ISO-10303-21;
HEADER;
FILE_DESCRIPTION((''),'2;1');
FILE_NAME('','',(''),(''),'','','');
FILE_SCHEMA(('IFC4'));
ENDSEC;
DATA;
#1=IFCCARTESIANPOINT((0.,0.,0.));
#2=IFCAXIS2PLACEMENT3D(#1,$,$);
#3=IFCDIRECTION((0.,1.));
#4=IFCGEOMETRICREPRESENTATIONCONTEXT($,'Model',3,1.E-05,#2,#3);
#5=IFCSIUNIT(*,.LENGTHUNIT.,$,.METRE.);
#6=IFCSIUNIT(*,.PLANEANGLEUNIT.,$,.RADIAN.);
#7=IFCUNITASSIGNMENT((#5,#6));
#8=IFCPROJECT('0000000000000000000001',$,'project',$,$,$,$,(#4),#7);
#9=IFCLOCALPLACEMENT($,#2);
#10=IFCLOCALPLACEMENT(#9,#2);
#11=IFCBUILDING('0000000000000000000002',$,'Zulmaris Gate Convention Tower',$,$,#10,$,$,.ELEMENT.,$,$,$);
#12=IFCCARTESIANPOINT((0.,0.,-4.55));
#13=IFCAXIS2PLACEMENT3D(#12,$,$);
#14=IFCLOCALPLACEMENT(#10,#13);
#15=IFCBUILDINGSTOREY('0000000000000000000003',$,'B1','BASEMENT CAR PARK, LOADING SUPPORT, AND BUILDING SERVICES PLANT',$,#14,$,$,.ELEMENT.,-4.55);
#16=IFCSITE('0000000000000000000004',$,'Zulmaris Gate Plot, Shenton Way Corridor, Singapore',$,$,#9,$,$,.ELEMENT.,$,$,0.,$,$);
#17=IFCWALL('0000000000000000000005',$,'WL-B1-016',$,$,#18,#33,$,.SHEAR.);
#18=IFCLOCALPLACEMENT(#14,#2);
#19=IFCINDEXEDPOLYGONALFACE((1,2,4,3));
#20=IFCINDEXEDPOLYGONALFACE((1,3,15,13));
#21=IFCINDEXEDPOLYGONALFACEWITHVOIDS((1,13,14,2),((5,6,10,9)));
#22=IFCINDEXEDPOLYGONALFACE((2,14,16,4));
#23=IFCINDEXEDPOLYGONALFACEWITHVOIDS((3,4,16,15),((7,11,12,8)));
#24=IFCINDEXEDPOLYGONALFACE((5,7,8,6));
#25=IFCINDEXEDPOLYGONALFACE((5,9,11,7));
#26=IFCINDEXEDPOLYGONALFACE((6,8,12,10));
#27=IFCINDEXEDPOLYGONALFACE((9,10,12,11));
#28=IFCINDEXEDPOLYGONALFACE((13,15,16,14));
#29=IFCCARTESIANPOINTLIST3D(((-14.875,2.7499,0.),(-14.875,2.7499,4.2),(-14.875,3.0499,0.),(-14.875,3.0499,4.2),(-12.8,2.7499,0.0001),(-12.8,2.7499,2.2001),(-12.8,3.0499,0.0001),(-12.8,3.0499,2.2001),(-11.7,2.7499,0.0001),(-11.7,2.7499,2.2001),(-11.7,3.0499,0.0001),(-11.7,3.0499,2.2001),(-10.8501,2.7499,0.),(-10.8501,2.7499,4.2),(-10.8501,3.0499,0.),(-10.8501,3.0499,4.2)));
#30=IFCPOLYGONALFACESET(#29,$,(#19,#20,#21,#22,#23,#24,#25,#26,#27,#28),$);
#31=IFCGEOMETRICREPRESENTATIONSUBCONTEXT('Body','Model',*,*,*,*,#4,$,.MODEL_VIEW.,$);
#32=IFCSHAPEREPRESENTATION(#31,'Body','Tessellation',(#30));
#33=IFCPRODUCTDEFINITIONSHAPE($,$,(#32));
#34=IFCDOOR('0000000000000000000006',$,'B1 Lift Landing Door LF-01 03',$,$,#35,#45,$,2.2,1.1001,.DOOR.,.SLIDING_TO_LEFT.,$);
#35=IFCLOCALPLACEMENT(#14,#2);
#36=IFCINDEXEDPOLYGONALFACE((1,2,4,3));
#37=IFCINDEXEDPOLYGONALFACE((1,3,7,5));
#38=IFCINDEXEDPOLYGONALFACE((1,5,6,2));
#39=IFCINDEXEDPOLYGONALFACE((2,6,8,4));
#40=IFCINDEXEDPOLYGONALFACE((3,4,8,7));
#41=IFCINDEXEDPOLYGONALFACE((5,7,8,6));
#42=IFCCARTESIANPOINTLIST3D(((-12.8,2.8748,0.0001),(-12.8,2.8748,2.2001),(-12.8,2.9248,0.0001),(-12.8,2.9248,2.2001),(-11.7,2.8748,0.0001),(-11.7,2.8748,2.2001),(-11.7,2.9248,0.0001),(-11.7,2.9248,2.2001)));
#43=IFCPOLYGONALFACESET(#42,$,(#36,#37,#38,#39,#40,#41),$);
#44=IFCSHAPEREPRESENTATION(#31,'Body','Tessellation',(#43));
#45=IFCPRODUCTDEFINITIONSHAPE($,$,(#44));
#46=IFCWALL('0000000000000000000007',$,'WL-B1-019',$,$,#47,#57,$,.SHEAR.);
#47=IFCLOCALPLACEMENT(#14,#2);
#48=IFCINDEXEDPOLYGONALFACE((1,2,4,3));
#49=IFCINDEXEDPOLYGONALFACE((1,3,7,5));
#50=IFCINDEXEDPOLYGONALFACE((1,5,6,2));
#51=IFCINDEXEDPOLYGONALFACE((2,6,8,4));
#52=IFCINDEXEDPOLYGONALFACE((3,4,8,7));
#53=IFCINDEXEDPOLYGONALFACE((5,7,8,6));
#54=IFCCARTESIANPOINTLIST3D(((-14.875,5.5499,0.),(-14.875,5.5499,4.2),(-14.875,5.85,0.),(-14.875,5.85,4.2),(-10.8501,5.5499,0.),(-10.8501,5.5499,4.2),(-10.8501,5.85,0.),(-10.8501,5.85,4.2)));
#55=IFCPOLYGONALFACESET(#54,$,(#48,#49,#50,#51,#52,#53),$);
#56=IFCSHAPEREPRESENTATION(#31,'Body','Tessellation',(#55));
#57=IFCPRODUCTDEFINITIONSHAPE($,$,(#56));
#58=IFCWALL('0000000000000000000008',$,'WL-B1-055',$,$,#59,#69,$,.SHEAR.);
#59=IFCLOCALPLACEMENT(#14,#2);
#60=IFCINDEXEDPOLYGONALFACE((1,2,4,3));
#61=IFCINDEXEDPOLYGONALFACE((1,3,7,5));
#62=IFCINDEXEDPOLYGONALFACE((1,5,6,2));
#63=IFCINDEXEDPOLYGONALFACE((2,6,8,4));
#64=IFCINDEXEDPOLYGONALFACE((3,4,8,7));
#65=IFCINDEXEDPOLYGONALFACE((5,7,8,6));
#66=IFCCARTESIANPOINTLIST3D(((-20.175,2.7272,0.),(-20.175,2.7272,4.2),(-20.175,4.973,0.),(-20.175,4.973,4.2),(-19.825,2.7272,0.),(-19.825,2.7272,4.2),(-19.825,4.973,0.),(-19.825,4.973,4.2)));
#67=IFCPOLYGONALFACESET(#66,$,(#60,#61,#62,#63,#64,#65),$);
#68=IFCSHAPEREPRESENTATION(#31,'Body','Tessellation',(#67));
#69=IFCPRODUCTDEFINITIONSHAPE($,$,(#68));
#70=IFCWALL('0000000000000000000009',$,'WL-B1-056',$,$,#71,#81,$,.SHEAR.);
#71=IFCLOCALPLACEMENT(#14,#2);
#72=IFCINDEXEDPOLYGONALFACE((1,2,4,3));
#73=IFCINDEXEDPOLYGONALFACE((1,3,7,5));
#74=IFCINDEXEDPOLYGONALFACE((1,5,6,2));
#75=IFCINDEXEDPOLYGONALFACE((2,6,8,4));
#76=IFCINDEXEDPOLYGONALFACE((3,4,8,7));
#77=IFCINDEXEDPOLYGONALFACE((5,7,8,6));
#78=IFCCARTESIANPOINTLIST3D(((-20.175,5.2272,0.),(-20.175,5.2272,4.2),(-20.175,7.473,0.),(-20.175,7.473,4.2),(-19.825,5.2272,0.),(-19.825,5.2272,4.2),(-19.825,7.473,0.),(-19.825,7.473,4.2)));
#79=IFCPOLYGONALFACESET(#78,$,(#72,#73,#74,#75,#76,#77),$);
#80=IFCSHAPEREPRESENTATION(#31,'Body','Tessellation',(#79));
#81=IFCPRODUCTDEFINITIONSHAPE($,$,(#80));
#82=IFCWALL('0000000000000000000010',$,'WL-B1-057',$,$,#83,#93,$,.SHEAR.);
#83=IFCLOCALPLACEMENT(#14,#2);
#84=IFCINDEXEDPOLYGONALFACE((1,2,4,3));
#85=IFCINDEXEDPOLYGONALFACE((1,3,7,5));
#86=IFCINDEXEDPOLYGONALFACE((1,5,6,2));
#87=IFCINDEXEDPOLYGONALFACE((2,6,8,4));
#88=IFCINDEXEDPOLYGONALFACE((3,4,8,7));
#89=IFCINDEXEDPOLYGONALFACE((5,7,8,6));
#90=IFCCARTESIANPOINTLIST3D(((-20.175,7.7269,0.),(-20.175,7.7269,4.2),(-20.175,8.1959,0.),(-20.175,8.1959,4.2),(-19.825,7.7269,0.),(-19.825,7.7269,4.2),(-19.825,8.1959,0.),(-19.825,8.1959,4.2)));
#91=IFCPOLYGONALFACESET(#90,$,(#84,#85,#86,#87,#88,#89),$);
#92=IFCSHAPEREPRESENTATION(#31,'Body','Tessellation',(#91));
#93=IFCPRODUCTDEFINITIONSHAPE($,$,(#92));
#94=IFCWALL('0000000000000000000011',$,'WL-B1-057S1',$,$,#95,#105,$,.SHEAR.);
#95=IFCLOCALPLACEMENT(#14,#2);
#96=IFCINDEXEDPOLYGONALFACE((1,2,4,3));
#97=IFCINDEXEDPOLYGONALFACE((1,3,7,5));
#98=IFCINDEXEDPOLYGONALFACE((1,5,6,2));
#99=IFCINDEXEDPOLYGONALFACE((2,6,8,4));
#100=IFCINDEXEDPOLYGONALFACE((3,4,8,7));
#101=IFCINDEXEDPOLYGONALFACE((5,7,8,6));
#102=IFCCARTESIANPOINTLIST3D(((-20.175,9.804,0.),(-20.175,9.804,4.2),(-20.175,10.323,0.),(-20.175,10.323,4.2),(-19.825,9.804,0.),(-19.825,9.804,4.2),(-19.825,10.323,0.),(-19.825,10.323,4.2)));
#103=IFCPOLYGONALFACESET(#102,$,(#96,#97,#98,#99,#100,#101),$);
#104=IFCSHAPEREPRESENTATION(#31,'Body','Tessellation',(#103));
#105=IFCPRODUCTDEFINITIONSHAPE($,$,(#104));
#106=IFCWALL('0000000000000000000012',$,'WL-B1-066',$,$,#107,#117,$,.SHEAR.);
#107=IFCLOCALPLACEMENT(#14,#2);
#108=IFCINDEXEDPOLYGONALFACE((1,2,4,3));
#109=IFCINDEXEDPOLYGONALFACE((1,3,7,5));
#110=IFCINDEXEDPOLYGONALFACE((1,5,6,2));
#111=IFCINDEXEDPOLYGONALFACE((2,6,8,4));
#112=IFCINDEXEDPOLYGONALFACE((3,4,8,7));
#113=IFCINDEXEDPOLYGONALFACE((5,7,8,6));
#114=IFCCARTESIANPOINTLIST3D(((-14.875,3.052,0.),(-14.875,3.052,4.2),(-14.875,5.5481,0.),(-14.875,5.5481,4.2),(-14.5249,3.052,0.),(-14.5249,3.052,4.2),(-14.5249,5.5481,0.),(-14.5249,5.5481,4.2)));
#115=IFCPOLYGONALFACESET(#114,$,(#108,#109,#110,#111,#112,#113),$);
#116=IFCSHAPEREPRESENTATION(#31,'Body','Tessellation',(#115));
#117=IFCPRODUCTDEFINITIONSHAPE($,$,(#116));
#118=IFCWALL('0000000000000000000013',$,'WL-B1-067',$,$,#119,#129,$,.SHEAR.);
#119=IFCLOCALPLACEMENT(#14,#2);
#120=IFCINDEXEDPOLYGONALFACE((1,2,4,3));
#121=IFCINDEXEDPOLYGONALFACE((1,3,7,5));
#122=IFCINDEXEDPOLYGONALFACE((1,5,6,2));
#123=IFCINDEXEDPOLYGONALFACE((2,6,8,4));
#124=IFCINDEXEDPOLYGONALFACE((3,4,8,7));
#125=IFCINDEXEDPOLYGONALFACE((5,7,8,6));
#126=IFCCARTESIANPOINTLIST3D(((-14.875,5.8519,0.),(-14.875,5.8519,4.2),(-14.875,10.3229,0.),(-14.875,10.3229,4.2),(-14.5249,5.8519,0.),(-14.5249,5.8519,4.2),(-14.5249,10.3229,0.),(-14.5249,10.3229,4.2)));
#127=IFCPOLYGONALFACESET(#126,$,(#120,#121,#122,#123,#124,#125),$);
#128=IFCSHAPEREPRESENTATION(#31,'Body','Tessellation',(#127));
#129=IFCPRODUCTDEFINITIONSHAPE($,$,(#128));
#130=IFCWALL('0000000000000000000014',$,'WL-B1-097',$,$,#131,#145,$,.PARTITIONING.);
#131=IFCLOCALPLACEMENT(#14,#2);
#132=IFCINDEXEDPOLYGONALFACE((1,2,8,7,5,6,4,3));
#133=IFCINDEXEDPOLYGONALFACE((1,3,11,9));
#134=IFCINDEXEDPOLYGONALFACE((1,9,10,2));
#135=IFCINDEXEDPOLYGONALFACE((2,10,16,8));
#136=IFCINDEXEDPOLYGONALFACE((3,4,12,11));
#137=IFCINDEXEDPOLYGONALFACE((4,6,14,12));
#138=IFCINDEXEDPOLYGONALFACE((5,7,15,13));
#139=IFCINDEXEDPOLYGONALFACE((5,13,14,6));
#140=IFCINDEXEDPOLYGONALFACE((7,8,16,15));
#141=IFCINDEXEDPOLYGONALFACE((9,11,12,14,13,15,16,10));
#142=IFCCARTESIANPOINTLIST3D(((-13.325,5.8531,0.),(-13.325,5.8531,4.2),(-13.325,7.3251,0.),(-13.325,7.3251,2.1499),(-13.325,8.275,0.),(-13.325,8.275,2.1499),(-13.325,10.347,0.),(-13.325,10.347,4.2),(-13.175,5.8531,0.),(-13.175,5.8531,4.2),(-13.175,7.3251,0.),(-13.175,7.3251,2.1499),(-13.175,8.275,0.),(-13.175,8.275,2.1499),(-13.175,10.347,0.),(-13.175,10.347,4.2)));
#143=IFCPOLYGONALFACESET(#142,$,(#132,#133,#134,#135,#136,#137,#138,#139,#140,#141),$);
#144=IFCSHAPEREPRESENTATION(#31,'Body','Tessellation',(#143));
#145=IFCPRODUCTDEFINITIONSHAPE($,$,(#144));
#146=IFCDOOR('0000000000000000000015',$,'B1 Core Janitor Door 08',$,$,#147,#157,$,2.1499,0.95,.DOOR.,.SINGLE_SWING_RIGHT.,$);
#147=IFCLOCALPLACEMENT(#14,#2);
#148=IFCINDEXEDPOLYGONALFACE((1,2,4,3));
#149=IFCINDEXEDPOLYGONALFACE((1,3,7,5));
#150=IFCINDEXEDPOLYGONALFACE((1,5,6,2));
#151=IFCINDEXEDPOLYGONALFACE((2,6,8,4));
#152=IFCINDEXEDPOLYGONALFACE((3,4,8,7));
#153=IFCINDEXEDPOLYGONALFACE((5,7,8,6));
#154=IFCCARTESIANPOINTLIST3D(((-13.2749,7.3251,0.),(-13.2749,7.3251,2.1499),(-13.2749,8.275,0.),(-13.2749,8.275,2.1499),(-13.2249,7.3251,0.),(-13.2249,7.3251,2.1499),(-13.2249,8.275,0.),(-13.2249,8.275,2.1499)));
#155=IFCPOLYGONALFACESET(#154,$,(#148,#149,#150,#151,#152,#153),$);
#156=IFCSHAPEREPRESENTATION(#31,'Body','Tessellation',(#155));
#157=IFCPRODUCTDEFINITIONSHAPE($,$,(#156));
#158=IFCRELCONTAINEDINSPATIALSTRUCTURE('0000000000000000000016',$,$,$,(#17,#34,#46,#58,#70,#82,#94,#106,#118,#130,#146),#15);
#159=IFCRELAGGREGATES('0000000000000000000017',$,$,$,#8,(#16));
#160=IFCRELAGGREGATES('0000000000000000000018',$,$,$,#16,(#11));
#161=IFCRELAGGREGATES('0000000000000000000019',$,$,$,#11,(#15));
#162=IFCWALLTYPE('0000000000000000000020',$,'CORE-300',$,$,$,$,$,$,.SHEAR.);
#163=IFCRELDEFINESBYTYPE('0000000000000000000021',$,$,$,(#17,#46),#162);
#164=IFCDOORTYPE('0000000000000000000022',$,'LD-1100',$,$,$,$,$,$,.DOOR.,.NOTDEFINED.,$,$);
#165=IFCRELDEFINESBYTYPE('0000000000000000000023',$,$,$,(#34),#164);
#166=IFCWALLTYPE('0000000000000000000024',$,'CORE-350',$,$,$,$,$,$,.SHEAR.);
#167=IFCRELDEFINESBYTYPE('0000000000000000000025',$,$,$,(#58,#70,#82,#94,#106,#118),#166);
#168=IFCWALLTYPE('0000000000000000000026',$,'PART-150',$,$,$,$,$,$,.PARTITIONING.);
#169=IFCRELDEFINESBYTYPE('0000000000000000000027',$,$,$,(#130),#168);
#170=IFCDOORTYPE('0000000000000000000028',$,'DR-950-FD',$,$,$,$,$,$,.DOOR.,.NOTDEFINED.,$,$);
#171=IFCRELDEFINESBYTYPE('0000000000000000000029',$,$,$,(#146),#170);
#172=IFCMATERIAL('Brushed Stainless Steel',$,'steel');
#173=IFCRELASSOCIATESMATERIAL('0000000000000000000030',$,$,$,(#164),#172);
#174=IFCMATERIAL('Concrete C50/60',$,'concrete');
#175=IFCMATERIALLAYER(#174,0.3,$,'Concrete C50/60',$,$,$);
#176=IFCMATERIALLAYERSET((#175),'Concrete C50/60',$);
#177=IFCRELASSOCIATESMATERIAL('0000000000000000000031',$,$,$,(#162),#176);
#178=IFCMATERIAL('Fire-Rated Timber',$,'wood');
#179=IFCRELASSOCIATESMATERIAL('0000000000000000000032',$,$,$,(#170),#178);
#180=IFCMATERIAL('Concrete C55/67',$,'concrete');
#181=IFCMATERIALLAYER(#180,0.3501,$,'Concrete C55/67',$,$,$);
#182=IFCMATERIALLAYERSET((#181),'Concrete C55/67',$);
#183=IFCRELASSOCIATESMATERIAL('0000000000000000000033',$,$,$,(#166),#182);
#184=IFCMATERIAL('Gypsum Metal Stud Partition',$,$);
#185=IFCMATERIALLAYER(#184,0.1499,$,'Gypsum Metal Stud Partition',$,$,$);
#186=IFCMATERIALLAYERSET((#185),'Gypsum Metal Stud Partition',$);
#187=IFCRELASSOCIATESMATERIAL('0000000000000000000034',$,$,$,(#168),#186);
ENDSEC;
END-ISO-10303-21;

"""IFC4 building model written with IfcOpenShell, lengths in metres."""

from ifc_helpers import new_model, si_unit, direction, frame, frame_2d, origin, place, context, subcontext, project, spatial, rectangle, extrude, material, layer, layer_set, type_object, element, fill, save


model = new_model("IFC4")

# Units and contexts
model_context = context("Model", 3, precision=1e-05, world=origin(), true_north=direction((0.0, 1.0)))
body_context = subcontext(model_context, "Body", "Model", "MODEL_VIEW")
ifc_project = project(units=[si_unit("LENGTHUNIT", "METRE"), si_unit("PLANEANGLEUNIT", "RADIAN")], contexts=[model_context])

# Site, building, storey
site_placement = place(None, origin())
site = spatial("IfcSite", under=ifc_project, at=site_placement, Name="Zulmaris Gate Plot, Shenton Way Corridor, Singapore", CompositionType="ELEMENT", RefElevation=0.0)
building_placement = place(site_placement, origin())
building = spatial("IfcBuilding", under=site, at=building_placement, Name="Zulmaris Gate Convention Tower", CompositionType="ELEMENT")
storey_placement = place(building_placement, frame((0.0, 0.0, -4.55)))
storey = spatial("IfcBuildingStorey", under=building, at=storey_placement, Name="B1", Description="BASEMENT CAR PARK, LOADING SUPPORT, AND BUILDING SERVICES PLANT", CompositionType="ELEMENT", Elevation=-4.55)

# Shared definitions
ifc_material_1 = material(Name="Concrete C50/60", Category="concrete")
ifc_material_2 = material(Name="Brushed Stainless Steel", Category="steel")
door_type_1 = type_object("IfcDoorType", Name="LD-1100", OperationType="NOTDEFINED", PredefinedType="DOOR", material=ifc_material_2)

# Wall, opening, door
ifc_layer_1 = layer(ifc_material_1, 0.3, Name="Concrete C50/60")
ifc_layer_set_1 = layer_set([ifc_layer_1], Name="Concrete C50/60")
wall_type_1 = type_object("IfcWallType", Name="CORE-300", PredefinedType="SHEAR", material=ifc_layer_set_1)
wall_1_placement = place(storey_placement, frame((-14.875, 2.8999, 0.0), z_axis=(0.0, 0.0, 1.0), x_axis=(1.0, 0.0, 0.0)))
wall_1 = element("IfcWall", 1, at=wall_1_placement, inside=storey, type_object=wall_type_1, Name="WL-B1-016", PredefinedType="SHEAR", context=body_context, shape_type="SweptSolid", body=[
    extrude(rectangle(XDim=4.0249, YDim=0.3, at=frame_2d((2.0125, 0.0))), origin(), (0.0, 0.0, 1.0), 4.2),
])
opening_1_placement = place(wall_1_placement, frame((2.075, 0.0, 0.0)))
opening_1 = element("IfcOpeningElement", 2, at=opening_1_placement, cuts=wall_1, PredefinedType="OPENING", context=body_context, shape_type="SweptSolid", body=[
    extrude(rectangle(XDim=1.1001, YDim=2.2, at=frame_2d((0.55, 1.1001))), frame((0.0, 0.1602, 0.0), z_axis=(0.0, -1.0, 0.0), x_axis=(1.0, 0.0, 0.0)), (0.0, 0.0, 1.0), 0.3201),
])
door_1_placement = place(opening_1_placement, origin())
door_1 = element("IfcDoor", 3, at=door_1_placement, inside=storey, type_object=door_type_1, Name="B1 Lift Landing Door LF-01 03", OperationType="SLIDING_TO_LEFT", OverallHeight=2.2, OverallWidth=1.1001, PredefinedType="DOOR", context=body_context, shape_type="SweptSolid", body=[
    extrude(rectangle(XDim=1.1001, YDim=2.2, at=frame_2d((0.55, 1.1001))), frame((0.0, 0.0249, 0.0), z_axis=(0.0, -1.0, 0.0), x_axis=(1.0, 0.0, 0.0)), (0.0, 0.0, 1.0), 0.05),
])
fill(opening_1, door_1)

# Wall
wall_2_placement = place(storey_placement, frame((-14.875, 5.7, 0.0), z_axis=(0.0, 0.0, 1.0), x_axis=(1.0, 0.0, 0.0)))
element("IfcWall", 4, at=wall_2_placement, inside=storey, type_object=wall_type_1, Name="WL-B1-019", PredefinedType="SHEAR", context=body_context, shape_type="SweptSolid", body=[
    extrude(rectangle(XDim=4.0249, YDim=0.3, at=frame_2d((2.0125, 0.0))), origin(), (0.0, 0.0, 1.0), 4.2),
])

# Shared definitions
ifc_material_3 = material(Name="Fire-Rated Timber", Category="wood")
door_type_2 = type_object("IfcDoorType", Name="DR-950-FD", OperationType="NOTDEFINED", PredefinedType="DOOR", material=ifc_material_3)

# Walls
ifc_material_4 = material(Name="Concrete C55/67", Category="concrete")
ifc_layer_2 = layer(ifc_material_4, 0.3501, Name="Concrete C55/67")
ifc_layer_set_2 = layer_set([ifc_layer_2], Name="Concrete C55/67")
wall_type_2 = type_object("IfcWallType", Name="CORE-350", PredefinedType="SHEAR", material=ifc_layer_set_2)
for number, where, z_axis, x_axis, name in (
    (5, (-20.0, 2.7271, 0.0), (0.0, 0.0, 1.0), (0.0, 1.0, 0.0), "WL-B1-055"),
    (6, (-20.0, 5.2271, 0.0), (0.0, 0.0, 1.0), (0.0, 1.0, 0.0), "WL-B1-056"),
):
    element("IfcWall", number, at=place(storey_placement, frame(where, z_axis=z_axis, x_axis=x_axis)), inside=storey, type_object=wall_type_2, Name=name, PredefinedType="SHEAR", context=body_context, shape_type="SweptSolid", body=[
        extrude(rectangle(XDim=2.2458, YDim=0.3501, at=frame_2d((1.123, 0.0))), origin(), (0.0, 0.0, 1.0), 4.2),
    ])
wall_3_placement = place(storey_placement, frame((-20.0, 7.7271, 0.0), z_axis=(0.0, 0.0, 1.0), x_axis=(0.0, 1.0, 0.0)))
element("IfcWall", 7, at=wall_3_placement, inside=storey, type_object=wall_type_2, Name="WL-B1-057", PredefinedType="SHEAR", context=body_context, shape_type="SweptSolid", body=[
    extrude(rectangle(XDim=0.469, YDim=0.3501, at=frame_2d((0.2344, 0.0))), origin(), (0.0, 0.0, 1.0), 4.2),
])
wall_4_placement = place(storey_placement, frame((-20.0, 9.804, 0.0), z_axis=(0.0, 0.0, 1.0), x_axis=(0.0, 1.0, 0.0)))
element("IfcWall", 8, at=wall_4_placement, inside=storey, type_object=wall_type_2, Name="WL-B1-057S1", PredefinedType="SHEAR", context=body_context, shape_type="SweptSolid", body=[
    extrude(rectangle(XDim=0.519, YDim=0.3501, at=frame_2d((0.2595, 0.0))), origin(), (0.0, 0.0, 1.0), 4.2),
])
wall_5_placement = place(storey_placement, frame((-14.7, 3.052, 0.0), z_axis=(0.0, 0.0, 1.0), x_axis=(0.0, 1.0, 0.0)))
element("IfcWall", 9, at=wall_5_placement, inside=storey, type_object=wall_type_2, Name="WL-B1-066", PredefinedType="SHEAR", context=body_context, shape_type="SweptSolid", body=[
    extrude(rectangle(XDim=2.4961, YDim=0.3501, at=frame_2d((1.248, 0.0))), origin(), (0.0, 0.0, 1.0), 4.2),
])
wall_6_placement = place(storey_placement, frame((-14.7, 5.8521, 0.0), z_axis=(0.0, 0.0, 1.0), x_axis=(0.0, 1.0, 0.0)))
element("IfcWall", 10, at=wall_6_placement, inside=storey, type_object=wall_type_2, Name="WL-B1-067", PredefinedType="SHEAR", context=body_context, shape_type="SweptSolid", body=[
    extrude(rectangle(XDim=4.4709, YDim=0.3501, at=frame_2d((2.2354, 0.0))), origin(), (0.0, 0.0, 1.0), 4.2),
])

# Wall, opening, door
ifc_material_5 = material(Name="Gypsum Metal Stud Partition")
ifc_layer_3 = layer(ifc_material_5, 0.1499, Name="Gypsum Metal Stud Partition")
ifc_layer_set_3 = layer_set([ifc_layer_3], Name="Gypsum Metal Stud Partition")
wall_type_3 = type_object("IfcWallType", Name="PART-150", PredefinedType="PARTITIONING", material=ifc_layer_set_3)
wall_7_placement = place(storey_placement, frame((-13.25, 5.853, 0.0), z_axis=(0.0, 0.0, 1.0), x_axis=(0.0, 1.0, 0.0)))
wall_7 = element("IfcWall", 11, at=wall_7_placement, inside=storey, type_object=wall_type_3, Name="WL-B1-097", PredefinedType="PARTITIONING", context=body_context, shape_type="SweptSolid", body=[
    extrude(rectangle(XDim=4.4939, YDim=0.1499, at=frame_2d((2.2471, 0.0))), origin(), (0.0, 0.0, 1.0), 4.2),
])
opening_2_placement = place(wall_7_placement, frame((1.4719, 0.0, 0.0)))
opening_2 = element("IfcOpeningElement", 12, at=opening_2_placement, cuts=wall_7, PredefinedType="OPENING", context=body_context, shape_type="SweptSolid", body=[
    extrude(rectangle(XDim=0.95, YDim=2.1499, at=frame_2d((0.4751, 1.075))), frame((0.0, 0.085, 0.0), z_axis=(0.0, -1.0, 0.0), x_axis=(1.0, 0.0, 0.0)), (0.0, 0.0, 1.0), 0.1699),
])
door_2_placement = place(opening_2_placement, origin())
door_2 = element("IfcDoor", 13, at=door_2_placement, inside=storey, type_object=door_type_2, Name="B1 Core Janitor Door 08", OperationType="SINGLE_SWING_RIGHT", OverallHeight=2.1499, OverallWidth=0.95, PredefinedType="DOOR", context=body_context, shape_type="SweptSolid", body=[
    extrude(rectangle(XDim=0.95, YDim=2.1499, at=frame_2d((0.4751, 1.075))), frame((0.0, 0.0249, 0.0), z_axis=(0.0, -1.0, 0.0), x_axis=(1.0, 0.0, 0.0)), (0.0, 0.0, 1.0), 0.05),
])
fill(opening_2, door_2)

save(model, "model.ifc")
